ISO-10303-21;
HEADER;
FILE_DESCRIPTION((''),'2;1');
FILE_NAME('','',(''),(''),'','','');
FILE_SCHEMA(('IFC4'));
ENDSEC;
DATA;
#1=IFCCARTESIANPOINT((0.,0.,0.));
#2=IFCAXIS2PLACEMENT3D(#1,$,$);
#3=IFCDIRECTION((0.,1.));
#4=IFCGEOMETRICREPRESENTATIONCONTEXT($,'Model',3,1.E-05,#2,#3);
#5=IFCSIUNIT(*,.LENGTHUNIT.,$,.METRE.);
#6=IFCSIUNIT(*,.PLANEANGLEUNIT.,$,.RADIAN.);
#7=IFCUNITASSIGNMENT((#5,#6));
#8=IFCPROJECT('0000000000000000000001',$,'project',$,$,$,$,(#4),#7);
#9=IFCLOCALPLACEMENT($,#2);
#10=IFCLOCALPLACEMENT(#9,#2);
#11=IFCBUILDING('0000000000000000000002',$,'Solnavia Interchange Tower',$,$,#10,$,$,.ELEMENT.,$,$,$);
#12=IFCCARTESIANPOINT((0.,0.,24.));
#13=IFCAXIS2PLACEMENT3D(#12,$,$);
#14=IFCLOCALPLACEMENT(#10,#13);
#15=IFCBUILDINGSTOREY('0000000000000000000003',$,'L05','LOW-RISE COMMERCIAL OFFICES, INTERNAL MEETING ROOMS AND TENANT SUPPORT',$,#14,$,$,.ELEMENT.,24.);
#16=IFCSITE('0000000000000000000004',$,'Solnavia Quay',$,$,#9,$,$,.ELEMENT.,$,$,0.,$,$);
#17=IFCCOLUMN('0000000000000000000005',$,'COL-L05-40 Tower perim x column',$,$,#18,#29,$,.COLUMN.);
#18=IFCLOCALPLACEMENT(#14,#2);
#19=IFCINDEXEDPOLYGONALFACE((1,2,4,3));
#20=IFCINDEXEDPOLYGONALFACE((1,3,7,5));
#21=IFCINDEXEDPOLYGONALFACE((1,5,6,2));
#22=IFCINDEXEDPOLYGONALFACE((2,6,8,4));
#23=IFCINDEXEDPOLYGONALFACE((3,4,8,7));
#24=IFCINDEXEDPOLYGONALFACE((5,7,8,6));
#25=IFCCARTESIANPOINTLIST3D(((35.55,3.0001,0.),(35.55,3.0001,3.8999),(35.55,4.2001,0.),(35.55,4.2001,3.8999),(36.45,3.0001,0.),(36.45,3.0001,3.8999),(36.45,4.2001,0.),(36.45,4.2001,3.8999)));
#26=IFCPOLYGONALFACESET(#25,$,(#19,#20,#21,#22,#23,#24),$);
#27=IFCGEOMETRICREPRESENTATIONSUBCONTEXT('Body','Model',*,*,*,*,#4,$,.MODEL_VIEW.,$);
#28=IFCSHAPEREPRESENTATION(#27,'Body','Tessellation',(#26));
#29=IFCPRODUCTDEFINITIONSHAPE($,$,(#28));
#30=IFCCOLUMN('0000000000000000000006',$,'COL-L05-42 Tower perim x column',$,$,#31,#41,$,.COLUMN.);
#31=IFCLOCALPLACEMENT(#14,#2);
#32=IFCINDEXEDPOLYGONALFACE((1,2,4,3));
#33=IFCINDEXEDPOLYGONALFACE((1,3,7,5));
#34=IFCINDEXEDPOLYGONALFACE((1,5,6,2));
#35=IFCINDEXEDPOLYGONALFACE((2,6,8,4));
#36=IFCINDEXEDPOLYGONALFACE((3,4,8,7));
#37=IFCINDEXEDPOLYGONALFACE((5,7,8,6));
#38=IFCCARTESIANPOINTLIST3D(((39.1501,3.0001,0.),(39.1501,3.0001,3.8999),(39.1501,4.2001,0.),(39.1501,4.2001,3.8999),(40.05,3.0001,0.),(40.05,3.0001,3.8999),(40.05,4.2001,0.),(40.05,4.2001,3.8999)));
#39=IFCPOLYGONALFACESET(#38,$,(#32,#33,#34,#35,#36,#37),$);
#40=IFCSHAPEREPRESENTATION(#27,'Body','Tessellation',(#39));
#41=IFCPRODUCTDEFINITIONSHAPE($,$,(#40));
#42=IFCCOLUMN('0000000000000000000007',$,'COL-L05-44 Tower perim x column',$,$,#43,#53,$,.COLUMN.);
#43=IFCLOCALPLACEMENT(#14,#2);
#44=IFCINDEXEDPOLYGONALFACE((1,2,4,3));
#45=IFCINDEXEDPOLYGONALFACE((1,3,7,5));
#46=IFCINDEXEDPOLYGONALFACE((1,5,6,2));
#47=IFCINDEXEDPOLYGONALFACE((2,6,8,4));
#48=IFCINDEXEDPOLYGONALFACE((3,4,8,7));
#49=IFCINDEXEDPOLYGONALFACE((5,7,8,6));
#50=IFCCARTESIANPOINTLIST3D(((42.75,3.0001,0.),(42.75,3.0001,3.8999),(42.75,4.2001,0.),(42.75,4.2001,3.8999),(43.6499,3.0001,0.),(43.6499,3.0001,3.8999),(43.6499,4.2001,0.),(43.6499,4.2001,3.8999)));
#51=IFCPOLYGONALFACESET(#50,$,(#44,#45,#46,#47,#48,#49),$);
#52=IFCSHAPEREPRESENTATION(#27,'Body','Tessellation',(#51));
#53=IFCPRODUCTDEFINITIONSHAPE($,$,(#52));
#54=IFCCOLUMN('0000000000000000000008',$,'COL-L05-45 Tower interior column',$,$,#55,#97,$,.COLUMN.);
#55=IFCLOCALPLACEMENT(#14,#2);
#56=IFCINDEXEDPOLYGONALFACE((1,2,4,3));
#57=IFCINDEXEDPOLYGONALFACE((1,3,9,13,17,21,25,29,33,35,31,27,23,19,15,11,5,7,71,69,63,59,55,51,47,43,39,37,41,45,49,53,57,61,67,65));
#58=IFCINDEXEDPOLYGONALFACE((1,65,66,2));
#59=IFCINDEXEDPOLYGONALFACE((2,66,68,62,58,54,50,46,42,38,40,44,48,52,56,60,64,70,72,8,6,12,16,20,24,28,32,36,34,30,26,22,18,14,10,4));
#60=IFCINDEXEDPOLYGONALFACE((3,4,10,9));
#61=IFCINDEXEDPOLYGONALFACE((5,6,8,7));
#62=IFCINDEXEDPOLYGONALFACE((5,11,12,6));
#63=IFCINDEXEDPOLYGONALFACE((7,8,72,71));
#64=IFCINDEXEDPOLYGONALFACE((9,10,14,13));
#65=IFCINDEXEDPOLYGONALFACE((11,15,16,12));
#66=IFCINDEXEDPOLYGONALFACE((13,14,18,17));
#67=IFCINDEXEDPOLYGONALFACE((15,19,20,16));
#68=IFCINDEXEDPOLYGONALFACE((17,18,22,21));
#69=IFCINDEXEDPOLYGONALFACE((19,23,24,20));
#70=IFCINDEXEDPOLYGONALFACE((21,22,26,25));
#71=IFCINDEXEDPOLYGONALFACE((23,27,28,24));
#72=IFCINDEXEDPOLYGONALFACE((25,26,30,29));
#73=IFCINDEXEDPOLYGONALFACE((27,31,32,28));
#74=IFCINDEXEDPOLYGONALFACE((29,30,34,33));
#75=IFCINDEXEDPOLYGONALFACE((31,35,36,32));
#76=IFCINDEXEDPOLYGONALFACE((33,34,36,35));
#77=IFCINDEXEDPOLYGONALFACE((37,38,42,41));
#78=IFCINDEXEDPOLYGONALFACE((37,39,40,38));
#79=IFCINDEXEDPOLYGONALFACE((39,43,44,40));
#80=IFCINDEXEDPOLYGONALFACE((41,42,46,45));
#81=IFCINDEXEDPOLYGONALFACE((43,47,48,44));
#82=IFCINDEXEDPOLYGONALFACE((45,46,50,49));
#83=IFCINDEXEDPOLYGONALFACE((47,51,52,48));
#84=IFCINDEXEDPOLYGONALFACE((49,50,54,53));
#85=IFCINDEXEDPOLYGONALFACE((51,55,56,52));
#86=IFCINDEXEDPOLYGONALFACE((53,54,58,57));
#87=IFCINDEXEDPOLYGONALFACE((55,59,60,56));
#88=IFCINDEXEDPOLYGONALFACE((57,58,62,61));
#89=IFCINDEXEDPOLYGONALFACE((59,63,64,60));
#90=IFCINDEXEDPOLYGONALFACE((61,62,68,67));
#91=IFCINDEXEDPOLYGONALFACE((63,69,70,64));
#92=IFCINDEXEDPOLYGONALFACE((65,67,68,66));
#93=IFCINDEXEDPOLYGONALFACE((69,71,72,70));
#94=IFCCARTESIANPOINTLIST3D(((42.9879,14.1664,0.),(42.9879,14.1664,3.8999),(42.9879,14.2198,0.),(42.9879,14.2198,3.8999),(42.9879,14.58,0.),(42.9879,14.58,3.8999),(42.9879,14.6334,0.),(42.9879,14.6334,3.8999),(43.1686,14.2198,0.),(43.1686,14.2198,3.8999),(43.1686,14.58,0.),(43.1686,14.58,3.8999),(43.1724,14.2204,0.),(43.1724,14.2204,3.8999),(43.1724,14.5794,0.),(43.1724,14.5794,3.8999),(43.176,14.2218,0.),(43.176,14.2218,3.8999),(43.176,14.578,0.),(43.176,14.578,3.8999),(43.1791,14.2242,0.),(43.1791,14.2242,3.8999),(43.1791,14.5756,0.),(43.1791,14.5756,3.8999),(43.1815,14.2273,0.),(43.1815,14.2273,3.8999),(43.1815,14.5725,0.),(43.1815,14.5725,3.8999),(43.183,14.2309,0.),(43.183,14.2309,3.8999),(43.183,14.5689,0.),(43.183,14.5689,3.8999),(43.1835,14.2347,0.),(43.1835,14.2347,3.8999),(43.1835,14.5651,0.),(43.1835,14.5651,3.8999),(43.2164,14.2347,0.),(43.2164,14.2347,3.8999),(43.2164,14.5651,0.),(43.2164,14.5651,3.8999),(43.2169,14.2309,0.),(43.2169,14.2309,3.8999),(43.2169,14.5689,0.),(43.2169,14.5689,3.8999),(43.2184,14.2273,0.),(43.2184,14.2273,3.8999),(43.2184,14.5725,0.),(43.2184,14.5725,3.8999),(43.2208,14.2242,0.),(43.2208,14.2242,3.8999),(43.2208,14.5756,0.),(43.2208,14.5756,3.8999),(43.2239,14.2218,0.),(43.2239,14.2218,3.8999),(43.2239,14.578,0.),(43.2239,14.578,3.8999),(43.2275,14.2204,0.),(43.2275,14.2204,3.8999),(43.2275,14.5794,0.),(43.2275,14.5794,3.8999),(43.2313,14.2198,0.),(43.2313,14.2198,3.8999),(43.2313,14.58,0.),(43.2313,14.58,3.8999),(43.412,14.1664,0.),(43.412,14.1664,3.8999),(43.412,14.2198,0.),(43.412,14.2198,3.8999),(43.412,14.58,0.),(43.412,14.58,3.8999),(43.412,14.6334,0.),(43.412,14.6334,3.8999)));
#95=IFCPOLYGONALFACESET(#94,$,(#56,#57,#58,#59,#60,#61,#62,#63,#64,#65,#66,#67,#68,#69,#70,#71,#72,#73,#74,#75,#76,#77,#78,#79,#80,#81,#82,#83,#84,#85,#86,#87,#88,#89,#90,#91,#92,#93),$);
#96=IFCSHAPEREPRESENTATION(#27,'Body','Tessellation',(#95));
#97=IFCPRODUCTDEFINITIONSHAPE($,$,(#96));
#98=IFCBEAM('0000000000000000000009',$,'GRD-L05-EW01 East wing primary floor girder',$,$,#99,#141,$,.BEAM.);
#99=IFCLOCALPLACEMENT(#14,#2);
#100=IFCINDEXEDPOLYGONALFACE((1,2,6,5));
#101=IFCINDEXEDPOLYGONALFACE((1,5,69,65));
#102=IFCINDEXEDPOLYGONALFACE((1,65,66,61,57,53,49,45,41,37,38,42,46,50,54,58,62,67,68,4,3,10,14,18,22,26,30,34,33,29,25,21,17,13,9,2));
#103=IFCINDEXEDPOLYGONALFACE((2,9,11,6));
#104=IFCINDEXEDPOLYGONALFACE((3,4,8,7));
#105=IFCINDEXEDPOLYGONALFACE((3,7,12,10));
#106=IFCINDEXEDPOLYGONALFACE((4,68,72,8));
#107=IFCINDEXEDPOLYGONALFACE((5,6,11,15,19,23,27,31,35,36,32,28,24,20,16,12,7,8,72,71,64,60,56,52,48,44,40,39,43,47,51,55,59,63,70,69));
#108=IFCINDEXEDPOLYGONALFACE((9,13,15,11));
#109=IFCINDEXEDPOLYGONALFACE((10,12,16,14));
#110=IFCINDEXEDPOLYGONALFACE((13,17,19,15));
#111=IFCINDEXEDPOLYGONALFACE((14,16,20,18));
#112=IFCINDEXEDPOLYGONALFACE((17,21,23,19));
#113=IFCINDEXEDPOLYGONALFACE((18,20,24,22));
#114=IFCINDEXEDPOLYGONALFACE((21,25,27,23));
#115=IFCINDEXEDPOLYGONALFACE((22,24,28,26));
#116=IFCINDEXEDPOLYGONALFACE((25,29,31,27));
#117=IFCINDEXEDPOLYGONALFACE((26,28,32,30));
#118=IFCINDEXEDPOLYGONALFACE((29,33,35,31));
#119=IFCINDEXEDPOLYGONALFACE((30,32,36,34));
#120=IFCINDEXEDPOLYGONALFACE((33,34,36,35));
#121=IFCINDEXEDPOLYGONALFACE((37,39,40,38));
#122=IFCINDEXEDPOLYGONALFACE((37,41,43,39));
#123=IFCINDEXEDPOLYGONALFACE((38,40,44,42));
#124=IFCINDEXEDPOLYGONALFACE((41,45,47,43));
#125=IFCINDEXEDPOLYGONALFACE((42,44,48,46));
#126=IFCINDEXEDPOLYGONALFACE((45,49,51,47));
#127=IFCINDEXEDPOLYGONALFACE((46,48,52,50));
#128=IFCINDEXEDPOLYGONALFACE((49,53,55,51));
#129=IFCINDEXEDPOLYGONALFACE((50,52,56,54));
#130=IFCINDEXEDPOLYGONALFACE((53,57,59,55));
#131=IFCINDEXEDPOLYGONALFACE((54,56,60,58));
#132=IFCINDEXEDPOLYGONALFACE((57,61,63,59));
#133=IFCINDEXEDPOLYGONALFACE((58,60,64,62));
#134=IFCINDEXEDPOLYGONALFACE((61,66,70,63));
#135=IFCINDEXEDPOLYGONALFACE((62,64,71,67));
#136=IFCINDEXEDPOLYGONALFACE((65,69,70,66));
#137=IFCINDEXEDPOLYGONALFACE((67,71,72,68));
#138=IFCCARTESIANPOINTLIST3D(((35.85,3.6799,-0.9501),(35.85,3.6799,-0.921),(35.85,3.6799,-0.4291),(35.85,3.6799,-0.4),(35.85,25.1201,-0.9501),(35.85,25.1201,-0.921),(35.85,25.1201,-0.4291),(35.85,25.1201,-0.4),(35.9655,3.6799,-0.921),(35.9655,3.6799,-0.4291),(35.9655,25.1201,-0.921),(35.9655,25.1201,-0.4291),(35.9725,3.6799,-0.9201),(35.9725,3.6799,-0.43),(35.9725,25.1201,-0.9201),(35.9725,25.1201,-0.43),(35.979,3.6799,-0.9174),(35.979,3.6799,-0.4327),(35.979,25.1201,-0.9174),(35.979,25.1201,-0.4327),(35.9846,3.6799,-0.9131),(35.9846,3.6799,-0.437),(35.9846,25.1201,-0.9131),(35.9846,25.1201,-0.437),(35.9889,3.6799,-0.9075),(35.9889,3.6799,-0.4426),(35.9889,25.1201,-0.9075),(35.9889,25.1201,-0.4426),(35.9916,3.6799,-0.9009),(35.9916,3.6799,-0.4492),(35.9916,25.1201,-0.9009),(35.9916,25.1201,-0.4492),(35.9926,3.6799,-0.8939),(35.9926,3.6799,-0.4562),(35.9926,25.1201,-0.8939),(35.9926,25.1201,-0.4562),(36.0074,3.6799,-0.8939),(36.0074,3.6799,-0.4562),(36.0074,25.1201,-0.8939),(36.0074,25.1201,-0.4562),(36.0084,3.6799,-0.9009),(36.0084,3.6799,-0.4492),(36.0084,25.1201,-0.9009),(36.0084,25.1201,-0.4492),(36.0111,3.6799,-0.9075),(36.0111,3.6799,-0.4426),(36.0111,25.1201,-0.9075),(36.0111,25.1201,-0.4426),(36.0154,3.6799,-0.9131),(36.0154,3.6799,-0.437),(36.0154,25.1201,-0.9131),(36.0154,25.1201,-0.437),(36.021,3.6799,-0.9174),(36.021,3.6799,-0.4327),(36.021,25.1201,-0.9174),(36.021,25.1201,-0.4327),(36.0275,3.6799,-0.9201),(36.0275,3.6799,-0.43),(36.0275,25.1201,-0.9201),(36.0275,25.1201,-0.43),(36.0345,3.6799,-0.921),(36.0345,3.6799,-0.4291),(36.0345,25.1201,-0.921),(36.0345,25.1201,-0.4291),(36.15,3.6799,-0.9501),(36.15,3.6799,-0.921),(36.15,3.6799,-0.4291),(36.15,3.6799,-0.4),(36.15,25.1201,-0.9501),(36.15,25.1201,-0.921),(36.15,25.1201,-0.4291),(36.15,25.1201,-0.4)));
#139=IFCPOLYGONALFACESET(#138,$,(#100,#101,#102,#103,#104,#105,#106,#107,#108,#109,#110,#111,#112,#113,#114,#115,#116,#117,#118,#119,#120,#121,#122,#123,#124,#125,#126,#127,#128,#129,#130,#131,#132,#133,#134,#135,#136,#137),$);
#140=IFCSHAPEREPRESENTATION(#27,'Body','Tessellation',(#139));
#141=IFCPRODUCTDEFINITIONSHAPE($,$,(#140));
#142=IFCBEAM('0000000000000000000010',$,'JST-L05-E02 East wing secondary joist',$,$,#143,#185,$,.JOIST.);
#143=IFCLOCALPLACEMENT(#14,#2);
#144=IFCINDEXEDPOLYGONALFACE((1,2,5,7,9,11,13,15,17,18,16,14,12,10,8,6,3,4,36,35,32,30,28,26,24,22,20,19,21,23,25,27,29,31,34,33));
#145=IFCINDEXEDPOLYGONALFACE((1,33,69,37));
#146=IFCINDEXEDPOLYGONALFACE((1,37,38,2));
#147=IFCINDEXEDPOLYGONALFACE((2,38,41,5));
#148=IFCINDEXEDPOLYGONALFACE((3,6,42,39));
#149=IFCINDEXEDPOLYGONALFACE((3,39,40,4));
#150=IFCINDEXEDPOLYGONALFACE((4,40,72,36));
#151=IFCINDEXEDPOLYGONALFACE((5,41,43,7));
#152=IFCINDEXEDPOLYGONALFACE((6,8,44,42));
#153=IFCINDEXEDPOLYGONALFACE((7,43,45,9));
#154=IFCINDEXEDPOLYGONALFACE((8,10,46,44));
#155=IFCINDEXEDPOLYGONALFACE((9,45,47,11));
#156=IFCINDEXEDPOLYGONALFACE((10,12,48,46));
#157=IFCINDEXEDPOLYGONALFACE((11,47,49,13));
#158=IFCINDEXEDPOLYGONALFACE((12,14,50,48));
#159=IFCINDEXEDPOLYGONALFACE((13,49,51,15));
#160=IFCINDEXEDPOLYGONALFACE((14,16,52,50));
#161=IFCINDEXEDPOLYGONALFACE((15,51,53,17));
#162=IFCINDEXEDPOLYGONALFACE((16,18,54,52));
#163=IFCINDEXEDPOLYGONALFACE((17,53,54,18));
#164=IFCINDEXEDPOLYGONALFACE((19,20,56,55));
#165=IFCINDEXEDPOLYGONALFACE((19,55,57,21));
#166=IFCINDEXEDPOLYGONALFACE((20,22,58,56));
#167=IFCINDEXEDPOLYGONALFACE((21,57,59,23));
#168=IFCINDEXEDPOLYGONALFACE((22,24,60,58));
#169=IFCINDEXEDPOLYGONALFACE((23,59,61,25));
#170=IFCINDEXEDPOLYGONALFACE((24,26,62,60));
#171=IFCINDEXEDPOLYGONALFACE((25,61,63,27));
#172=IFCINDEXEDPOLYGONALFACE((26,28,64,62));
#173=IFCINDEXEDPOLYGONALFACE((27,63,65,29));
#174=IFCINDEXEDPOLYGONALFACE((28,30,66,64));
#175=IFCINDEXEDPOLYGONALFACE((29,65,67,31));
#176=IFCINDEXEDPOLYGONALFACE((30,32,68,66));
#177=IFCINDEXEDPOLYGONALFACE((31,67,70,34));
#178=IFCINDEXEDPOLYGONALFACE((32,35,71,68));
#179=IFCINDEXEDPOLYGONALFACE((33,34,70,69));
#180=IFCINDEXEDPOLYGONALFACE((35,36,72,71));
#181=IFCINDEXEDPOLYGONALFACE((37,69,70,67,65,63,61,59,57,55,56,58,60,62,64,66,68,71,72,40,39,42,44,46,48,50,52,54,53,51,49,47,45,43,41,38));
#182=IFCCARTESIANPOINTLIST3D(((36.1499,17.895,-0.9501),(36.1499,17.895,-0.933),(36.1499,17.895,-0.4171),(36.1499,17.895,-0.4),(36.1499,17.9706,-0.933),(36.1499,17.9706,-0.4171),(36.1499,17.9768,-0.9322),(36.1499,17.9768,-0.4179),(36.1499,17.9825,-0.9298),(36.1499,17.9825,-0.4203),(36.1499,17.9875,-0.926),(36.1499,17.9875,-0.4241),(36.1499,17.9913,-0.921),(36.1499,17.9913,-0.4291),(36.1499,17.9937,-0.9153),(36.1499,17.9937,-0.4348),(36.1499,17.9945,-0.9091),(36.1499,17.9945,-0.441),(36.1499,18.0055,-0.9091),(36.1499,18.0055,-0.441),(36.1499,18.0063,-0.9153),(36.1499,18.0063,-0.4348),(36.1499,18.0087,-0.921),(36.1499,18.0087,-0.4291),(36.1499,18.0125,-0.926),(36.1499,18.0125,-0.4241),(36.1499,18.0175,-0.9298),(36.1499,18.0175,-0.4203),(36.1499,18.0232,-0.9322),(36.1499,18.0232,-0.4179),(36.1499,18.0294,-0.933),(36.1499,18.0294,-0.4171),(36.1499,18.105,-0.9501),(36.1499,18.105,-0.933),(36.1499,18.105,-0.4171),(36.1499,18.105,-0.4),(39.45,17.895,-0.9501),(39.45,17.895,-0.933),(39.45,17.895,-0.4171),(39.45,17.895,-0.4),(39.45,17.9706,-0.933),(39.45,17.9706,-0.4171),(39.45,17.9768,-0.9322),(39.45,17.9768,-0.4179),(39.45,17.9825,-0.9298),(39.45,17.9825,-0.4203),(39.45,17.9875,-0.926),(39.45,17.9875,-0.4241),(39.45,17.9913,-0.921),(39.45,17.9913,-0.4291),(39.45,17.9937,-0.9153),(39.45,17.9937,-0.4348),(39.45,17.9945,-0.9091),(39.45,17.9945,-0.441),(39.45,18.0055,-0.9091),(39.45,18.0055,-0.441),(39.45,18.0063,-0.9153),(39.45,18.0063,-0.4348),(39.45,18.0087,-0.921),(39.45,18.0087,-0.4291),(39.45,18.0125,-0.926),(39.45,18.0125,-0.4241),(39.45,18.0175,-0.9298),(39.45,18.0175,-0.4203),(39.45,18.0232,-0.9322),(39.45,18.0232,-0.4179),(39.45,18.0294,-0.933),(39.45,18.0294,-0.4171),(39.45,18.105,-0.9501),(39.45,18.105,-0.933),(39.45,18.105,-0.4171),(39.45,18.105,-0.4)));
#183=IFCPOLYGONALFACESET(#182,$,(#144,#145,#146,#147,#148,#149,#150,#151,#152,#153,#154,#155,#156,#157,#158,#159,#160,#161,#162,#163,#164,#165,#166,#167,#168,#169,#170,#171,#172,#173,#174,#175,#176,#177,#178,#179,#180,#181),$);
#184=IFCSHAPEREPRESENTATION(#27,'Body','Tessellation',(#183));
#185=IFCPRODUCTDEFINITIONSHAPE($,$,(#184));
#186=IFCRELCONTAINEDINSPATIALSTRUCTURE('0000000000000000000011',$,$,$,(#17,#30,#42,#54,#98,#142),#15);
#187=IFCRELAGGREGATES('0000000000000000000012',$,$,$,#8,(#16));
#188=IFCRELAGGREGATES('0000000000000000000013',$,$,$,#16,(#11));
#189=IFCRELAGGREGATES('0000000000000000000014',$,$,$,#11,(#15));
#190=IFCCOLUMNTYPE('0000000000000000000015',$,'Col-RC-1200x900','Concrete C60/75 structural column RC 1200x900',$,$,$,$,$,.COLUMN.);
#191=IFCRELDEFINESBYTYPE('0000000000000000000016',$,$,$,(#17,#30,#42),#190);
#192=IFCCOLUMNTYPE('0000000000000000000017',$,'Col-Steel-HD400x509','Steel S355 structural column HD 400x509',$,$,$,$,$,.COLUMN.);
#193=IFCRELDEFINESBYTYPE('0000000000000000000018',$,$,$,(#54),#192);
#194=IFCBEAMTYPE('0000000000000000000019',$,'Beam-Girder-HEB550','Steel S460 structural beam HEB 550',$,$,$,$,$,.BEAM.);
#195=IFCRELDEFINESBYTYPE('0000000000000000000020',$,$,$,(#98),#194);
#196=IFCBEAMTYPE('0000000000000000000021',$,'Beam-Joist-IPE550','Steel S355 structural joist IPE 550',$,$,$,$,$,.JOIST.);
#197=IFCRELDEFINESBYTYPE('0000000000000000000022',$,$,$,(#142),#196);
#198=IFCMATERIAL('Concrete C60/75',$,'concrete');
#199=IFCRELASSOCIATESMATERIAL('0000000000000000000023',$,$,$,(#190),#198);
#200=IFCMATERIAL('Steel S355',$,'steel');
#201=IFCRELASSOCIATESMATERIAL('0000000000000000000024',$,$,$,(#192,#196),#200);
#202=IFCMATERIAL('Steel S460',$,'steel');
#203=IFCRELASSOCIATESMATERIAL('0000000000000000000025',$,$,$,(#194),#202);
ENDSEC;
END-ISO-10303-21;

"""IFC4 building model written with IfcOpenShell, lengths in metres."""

from ifc_helpers import new_model, si_unit, direction, frame, origin, origin_2d, place, context, subcontext, project, spatial, rectangle, i_section, extrude, material, material_profile, profile_set, type_object, element, save


model = new_model("IFC4")

# Units and contexts
model_context = context("Model", 3, precision=1e-05, world=origin(), true_north=direction((0.0, 1.0)))
body_context = subcontext(model_context, "Body", "Model", "MODEL_VIEW")
ifc_project = project(units=[si_unit("LENGTHUNIT", "METRE"), si_unit("PLANEANGLEUNIT", "RADIAN")], contexts=[model_context])

# Site, building, storey
site_placement = place(None, origin())
site = spatial("IfcSite", under=ifc_project, at=site_placement, Name="Solnavia Quay", CompositionType="ELEMENT", RefElevation=0.0)
building_placement = place(site_placement, origin())
building = spatial("IfcBuilding", under=site, at=building_placement, Name="Solnavia Interchange Tower", CompositionType="ELEMENT")
storey_placement = place(building_placement, frame((0.0, 0.0, 24.0)))
storey = spatial("IfcBuildingStorey", under=building, at=storey_placement, Name="L05", Description="LOW-RISE COMMERCIAL OFFICES, INTERNAL MEETING ROOMS AND TENANT SUPPORT", CompositionType="ELEMENT", Elevation=24.0)

# Columns
ifc_material_1 = material(Name="Concrete C60/75", Category="concrete")
ifc_material_profile_1 = material_profile(ifc_material_1, rectangle(XDim=0.8999, YDim=1.2, at=origin_2d()), Name="RC 1200x900")
ifc_profile_set_1 = profile_set([ifc_material_profile_1], Name="Concrete C60/75")
column_type_1 = type_object("IfcColumnType", Name="Col-RC-1200x900", Description="Concrete C60/75 structural column RC 1200x900", PredefinedType="COLUMN", material=ifc_profile_set_1)
for number, where, z_axis, x_axis, name in (
    (1, (36.0, 3.6001, 0.0), (0.0, 0.0, 1.0), (1.0, 0.0, 0.0), "COL-L05-40 Tower perim x column"),
    (2, (39.6001, 3.6001, 0.0), (0.0, 0.0, 1.0), (1.0, 0.0, 0.0), "COL-L05-42 Tower perim x column"),
    (3, (43.2, 3.6001, 0.0), (0.0, 0.0, 1.0), (1.0, 0.0, 0.0), "COL-L05-44 Tower perim x column"),
):
    element("IfcColumn", number, at=place(storey_placement, frame(where, z_axis=z_axis, x_axis=x_axis)), inside=storey, type_object=column_type_1, Name=name, PredefinedType="COLUMN", context=body_context, shape_type="SweptSolid", body=[
        extrude(rectangle(XDim=0.8999, YDim=1.2, at=origin_2d()), origin(), (0.0, 0.0, 1.0), 3.8999),
    ])
ifc_material_2 = material(Name="Steel S355", Category="steel")
ifc_material_profile_2 = material_profile(ifc_material_2, i_section(OverallWidth=0.4241, OverallDepth=0.467, WebThickness=0.033, FlangeThickness=0.0535, FilletRadius=0.0149, at=origin_2d()), Name="HD 400x509")
ifc_profile_set_2 = profile_set([ifc_material_profile_2], Name="Steel S355")
column_type_2 = type_object("IfcColumnType", Name="Col-Steel-HD400x509", Description="Steel S355 structural column HD 400x509", PredefinedType="COLUMN", material=ifc_profile_set_2)
column_placement = place(storey_placement, frame((43.2, 14.3999, 0.0), z_axis=(0.0, 0.0, 1.0), x_axis=(1.0, 0.0, 0.0)))
element("IfcColumn", 4, at=column_placement, inside=storey, type_object=column_type_2, Name="COL-L05-45 Tower interior column", PredefinedType="COLUMN", context=body_context, shape_type="SweptSolid", body=[
    extrude(i_section(OverallWidth=0.4241, OverallDepth=0.467, WebThickness=0.033, FlangeThickness=0.0535, FilletRadius=0.0149, at=origin_2d()), origin(), (0.0, 0.0, 1.0), 3.8999),
])

# Beams
ifc_material_3 = material(Name="Steel S460", Category="steel")
ifc_material_profile_3 = material_profile(ifc_material_3, i_section(OverallWidth=0.3, OverallDepth=0.55, WebThickness=0.0149, FlangeThickness=0.0291, FilletRadius=0.0271, at=origin_2d()), Name="HEB 550")
ifc_profile_set_3 = profile_set([ifc_material_profile_3], Name="Steel S460")
beam_type_1 = type_object("IfcBeamType", Name="Beam-Girder-HEB550", Description="Steel S460 structural beam HEB 550", PredefinedType="BEAM", material=ifc_profile_set_3)
beam_1_placement = place(storey_placement, frame((36.0, 3.6799, -0.675), z_axis=(0.0, 1.0, 0.0), x_axis=(-1.0, 0.0, 0.0)))
element("IfcBeam", 5, at=beam_1_placement, inside=storey, type_object=beam_type_1, Name="GRD-L05-EW01 East wing primary floor girder", PredefinedType="BEAM", context=body_context, shape_type="SweptSolid", body=[
    extrude(i_section(OverallWidth=0.3, OverallDepth=0.55, WebThickness=0.0149, FlangeThickness=0.0291, FilletRadius=0.0271, at=origin_2d()), origin(), (0.0, 0.0, 1.0), 21.4402),
])
ifc_material_profile_4 = material_profile(ifc_material_2, i_section(OverallWidth=0.21, OverallDepth=0.55, WebThickness=0.011, FlangeThickness=0.0171, FilletRadius=0.0239, at=origin_2d()), Name="IPE 550")
ifc_profile_set_4 = profile_set([ifc_material_profile_4], Name="Steel S355")
beam_type_2 = type_object("IfcBeamType", Name="Beam-Joist-IPE550", Description="Steel S355 structural joist IPE 550", PredefinedType="JOIST", material=ifc_profile_set_4)
beam_2_placement = place(storey_placement, frame((36.1499, 18.0, -0.675), z_axis=(1.0, 0.0, 0.0), x_axis=(0.0, 1.0, 0.0)))
element("IfcBeam", 6, at=beam_2_placement, inside=storey, type_object=beam_type_2, Name="JST-L05-E02 East wing secondary joist", PredefinedType="JOIST", context=body_context, shape_type="SweptSolid", body=[
    extrude(i_section(OverallWidth=0.21, OverallDepth=0.55, WebThickness=0.011, FlangeThickness=0.0171, FilletRadius=0.0239, at=origin_2d()), origin(), (0.0, 0.0, 1.0), 3.3),
])

save(model, "model.ifc")
